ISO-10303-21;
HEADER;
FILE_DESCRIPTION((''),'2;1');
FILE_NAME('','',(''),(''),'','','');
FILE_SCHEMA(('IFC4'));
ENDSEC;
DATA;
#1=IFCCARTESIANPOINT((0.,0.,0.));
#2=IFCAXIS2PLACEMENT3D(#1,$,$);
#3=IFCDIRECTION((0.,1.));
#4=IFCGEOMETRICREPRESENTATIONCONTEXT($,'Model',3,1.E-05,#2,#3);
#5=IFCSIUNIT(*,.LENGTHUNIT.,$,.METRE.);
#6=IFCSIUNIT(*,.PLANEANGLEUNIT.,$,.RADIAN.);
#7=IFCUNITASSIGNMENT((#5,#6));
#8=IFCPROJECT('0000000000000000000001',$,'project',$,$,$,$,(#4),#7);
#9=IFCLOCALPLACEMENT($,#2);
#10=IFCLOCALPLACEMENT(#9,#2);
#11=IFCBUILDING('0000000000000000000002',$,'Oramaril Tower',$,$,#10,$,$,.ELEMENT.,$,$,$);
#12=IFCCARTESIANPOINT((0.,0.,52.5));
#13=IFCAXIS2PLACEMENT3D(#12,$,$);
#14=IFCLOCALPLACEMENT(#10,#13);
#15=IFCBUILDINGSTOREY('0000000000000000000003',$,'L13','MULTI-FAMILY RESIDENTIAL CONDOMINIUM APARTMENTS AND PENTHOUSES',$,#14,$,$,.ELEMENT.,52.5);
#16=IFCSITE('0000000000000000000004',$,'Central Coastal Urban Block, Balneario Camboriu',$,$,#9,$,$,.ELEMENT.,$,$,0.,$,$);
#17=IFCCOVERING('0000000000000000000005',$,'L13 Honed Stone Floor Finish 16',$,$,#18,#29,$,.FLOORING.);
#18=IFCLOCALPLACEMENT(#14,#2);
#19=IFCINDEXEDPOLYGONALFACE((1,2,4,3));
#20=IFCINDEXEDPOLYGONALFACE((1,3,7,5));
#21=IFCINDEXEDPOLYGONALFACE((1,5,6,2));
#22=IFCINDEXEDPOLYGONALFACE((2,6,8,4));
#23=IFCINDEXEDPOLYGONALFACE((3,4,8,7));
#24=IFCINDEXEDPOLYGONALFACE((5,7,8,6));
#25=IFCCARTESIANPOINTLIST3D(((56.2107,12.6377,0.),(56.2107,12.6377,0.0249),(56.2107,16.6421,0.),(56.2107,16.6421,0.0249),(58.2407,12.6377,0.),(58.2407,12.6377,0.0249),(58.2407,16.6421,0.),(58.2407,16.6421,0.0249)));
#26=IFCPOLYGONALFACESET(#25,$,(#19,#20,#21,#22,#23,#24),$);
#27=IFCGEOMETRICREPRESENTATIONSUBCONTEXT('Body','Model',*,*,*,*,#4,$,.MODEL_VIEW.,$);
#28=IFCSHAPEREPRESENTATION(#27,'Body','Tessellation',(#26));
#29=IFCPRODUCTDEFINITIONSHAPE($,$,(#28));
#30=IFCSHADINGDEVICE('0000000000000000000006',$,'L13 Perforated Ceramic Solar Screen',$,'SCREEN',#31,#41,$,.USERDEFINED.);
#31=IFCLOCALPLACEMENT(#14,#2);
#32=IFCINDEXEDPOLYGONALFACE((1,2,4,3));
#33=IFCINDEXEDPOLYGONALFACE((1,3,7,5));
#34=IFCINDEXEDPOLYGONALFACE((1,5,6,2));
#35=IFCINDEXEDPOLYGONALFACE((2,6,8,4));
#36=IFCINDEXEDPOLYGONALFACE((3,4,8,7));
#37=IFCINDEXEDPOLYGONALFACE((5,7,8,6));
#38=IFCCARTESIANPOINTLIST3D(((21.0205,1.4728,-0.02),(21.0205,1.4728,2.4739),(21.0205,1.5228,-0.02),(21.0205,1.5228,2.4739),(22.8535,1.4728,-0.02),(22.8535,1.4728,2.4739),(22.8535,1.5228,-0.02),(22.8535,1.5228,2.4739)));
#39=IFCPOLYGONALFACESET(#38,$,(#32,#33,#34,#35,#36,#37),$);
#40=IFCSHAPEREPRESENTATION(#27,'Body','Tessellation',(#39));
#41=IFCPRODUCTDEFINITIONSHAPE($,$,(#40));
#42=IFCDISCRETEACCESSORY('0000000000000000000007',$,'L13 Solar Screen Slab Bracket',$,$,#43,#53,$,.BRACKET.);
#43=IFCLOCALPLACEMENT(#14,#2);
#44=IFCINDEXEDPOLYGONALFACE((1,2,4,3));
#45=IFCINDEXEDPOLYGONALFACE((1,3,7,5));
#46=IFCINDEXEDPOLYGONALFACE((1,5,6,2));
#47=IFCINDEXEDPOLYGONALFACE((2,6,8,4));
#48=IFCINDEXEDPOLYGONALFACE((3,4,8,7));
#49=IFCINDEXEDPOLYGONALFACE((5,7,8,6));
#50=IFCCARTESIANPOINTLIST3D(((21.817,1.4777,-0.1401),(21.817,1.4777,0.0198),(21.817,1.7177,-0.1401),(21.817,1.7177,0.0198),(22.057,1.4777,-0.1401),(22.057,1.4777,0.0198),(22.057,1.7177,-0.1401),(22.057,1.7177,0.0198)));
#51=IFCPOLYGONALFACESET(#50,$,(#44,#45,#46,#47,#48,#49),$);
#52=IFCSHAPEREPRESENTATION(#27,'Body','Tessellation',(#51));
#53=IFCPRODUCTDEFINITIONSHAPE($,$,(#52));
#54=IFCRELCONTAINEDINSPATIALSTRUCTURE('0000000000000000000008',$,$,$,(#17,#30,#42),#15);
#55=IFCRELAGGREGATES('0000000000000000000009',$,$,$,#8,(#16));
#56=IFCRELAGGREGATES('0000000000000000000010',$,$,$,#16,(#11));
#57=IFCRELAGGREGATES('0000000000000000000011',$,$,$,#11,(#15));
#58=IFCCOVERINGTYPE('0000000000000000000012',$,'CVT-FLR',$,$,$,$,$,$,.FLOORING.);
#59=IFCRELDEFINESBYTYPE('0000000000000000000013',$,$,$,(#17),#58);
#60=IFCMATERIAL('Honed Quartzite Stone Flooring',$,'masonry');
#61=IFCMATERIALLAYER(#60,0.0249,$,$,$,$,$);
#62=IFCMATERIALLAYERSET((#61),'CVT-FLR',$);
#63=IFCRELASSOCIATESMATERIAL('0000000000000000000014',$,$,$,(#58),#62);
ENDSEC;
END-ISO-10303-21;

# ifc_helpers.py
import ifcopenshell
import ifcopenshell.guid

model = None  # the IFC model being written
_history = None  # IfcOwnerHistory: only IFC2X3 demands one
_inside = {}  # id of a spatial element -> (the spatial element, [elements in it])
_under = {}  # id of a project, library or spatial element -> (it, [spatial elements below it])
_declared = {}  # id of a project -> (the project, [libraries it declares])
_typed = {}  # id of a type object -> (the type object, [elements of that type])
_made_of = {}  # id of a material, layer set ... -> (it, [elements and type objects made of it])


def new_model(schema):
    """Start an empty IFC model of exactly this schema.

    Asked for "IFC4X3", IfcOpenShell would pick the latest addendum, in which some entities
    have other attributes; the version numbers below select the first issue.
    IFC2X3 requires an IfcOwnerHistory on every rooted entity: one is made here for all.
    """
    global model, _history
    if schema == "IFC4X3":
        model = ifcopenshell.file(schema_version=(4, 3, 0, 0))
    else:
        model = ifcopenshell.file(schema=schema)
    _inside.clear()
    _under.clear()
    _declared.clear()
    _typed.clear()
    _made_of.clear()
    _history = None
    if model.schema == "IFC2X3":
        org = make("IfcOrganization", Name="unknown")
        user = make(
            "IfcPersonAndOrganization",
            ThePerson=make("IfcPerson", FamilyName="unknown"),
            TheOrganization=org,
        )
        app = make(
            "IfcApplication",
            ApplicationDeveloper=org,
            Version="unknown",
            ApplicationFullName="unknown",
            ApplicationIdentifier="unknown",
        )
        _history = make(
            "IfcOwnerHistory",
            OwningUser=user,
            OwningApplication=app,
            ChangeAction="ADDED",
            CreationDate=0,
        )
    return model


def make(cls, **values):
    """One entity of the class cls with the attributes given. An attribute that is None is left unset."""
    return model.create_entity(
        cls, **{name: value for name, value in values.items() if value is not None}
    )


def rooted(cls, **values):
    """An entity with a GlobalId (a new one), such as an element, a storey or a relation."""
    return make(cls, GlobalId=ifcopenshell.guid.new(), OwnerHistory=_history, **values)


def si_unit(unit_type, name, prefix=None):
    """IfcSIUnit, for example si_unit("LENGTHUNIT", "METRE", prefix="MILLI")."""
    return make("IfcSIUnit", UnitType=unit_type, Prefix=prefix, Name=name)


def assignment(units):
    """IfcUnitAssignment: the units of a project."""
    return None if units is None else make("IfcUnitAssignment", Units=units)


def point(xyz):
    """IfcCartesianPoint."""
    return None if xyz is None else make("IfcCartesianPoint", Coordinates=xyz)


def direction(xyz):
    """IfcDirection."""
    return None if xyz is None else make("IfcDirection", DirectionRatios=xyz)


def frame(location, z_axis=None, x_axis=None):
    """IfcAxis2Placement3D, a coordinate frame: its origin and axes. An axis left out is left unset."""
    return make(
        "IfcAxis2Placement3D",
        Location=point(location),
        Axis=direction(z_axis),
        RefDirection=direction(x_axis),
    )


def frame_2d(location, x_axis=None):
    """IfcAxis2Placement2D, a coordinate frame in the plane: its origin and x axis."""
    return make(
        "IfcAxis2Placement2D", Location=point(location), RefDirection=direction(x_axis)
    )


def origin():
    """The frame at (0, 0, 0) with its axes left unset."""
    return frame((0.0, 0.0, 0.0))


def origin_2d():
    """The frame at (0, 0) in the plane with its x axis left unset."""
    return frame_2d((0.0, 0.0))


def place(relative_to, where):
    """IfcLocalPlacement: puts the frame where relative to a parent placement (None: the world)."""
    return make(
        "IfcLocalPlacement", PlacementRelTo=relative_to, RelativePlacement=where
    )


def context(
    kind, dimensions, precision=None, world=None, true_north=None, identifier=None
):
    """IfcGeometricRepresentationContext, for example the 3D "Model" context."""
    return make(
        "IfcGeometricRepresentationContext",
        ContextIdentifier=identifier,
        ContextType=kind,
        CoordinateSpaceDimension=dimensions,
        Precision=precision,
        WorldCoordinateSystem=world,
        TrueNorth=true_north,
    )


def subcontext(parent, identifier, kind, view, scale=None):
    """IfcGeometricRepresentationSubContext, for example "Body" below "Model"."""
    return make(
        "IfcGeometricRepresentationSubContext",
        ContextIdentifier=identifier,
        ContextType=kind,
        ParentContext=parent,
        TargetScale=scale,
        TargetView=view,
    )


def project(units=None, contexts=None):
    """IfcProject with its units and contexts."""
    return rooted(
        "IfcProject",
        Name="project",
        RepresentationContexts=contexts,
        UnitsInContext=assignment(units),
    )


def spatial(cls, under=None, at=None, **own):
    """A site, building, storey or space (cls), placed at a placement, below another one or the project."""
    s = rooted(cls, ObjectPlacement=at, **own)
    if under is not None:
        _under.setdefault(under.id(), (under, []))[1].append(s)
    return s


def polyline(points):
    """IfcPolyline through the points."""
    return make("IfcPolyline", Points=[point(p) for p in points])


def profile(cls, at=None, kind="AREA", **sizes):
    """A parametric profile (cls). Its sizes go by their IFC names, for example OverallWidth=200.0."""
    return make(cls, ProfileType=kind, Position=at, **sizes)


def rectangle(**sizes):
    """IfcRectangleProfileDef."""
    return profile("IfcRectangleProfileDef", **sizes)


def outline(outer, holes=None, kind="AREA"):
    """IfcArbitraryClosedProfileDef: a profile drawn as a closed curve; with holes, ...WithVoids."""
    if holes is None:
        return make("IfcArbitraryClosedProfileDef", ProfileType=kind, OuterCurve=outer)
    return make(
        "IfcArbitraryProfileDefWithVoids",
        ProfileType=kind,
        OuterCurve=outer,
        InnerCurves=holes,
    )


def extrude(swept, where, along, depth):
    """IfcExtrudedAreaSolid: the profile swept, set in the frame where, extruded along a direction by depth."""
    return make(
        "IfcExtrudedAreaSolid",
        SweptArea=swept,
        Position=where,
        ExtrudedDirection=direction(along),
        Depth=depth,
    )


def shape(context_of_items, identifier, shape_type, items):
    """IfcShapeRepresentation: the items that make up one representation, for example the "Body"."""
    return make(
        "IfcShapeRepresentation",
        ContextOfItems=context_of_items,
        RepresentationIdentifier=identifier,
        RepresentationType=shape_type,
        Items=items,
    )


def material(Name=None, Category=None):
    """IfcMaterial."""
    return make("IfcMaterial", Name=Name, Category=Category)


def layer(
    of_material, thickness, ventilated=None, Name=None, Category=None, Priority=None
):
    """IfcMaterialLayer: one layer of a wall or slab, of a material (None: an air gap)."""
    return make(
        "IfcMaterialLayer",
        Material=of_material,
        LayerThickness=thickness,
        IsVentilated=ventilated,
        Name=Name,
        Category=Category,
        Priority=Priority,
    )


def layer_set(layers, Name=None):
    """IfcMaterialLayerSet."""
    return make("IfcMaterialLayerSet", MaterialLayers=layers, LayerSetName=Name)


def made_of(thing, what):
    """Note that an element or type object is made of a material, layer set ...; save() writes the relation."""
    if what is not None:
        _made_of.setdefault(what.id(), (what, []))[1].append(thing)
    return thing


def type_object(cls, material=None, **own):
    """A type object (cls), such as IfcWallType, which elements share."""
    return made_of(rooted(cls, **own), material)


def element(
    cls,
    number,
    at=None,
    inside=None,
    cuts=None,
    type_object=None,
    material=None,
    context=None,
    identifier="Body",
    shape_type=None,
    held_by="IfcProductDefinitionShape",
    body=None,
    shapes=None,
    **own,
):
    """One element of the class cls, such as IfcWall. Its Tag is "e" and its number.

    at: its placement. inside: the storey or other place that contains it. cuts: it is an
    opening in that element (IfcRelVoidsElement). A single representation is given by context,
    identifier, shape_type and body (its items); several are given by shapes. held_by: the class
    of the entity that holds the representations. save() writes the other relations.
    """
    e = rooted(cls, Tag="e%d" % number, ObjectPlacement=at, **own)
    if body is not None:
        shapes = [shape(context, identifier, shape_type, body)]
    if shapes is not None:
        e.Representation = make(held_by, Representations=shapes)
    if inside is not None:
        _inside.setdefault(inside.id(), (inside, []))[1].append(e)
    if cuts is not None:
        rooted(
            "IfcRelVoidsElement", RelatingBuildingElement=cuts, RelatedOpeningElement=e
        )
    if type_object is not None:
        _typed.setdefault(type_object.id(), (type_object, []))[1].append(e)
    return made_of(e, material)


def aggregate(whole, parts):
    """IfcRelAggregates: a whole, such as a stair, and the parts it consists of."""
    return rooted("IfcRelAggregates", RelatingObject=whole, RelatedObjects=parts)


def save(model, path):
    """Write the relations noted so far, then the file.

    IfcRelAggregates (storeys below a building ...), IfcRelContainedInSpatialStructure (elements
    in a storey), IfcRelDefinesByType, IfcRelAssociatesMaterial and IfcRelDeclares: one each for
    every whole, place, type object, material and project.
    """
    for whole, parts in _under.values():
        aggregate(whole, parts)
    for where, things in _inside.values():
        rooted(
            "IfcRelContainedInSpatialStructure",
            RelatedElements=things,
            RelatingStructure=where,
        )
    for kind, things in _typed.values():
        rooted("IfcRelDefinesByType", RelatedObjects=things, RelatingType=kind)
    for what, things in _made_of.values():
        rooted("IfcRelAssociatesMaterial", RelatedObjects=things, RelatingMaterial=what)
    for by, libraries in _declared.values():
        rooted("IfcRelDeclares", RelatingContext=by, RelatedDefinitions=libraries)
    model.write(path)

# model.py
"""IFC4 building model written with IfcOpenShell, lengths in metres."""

from ifc_helpers import new_model, si_unit, direction, frame, origin, origin_2d, place, context, subcontext, project, spatial, polyline, rectangle, outline, extrude, material, layer, layer_set, type_object, element, save


model = new_model("IFC4")

# Units and contexts
model_context = context("Model", 3, precision=1e-05, world=origin(), true_north=direction((0.0, 1.0)))
body_context = subcontext(model_context, "Body", "Model", "MODEL_VIEW")
ifc_project = project(units=[si_unit("LENGTHUNIT", "METRE"), si_unit("PLANEANGLEUNIT", "RADIAN")], contexts=[model_context])

# Site, building, storey
site_placement = place(None, origin())
site = spatial("IfcSite", under=ifc_project, at=site_placement, Name="Central Coastal Urban Block, Balneario Camboriu", CompositionType="ELEMENT", RefElevation=0.0)
building_placement = place(site_placement, origin())
building = spatial("IfcBuilding", under=site, at=building_placement, Name="Oramaril Tower", CompositionType="ELEMENT")
storey_placement = place(building_placement, frame((0.0, 0.0, 52.5)))
storey = spatial("IfcBuildingStorey", under=building, at=storey_placement, Name="L13", Description="MULTI-FAMILY RESIDENTIAL CONDOMINIUM APARTMENTS AND PENTHOUSES", CompositionType="ELEMENT", Elevation=52.5)

# Covering
ifc_material_1 = material(Name="Honed Quartzite Stone Flooring", Category="masonry")
ifc_layer_1 = layer(ifc_material_1, 0.0249)
ifc_layer_set_1 = layer_set([ifc_layer_1], Name="CVT-FLR")
covering_type_1 = type_object("IfcCoveringType", Name="CVT-FLR", PredefinedType="FLOORING", material=ifc_layer_set_1)
covering_1_placement = place(storey_placement, origin())
element("IfcCovering", 1, at=covering_1_placement, inside=storey, type_object=covering_type_1, Name="L13 Honed Stone Floor Finish 16", PredefinedType="FLOORING", context=body_context, shape_type="SweptSolid", body=[
    extrude(outline(polyline([(58.2407, 16.6421), (58.2407, 12.6377), (56.2107, 12.6377), (56.2107, 16.6421), (58.2407, 16.6421)])), origin(), (0.0, 0.0, 1.0), 0.0249),
])

# Shading device
shading_device_placement = place(storey_placement, frame((21.937, 1.4978, -0.02), z_axis=(0.0, 0.0, 1.0), x_axis=(1.0, 0.0, 0.0)))
element("IfcShadingDevice", 2, at=shading_device_placement, inside=storey, Name="L13 Perforated Ceramic Solar Screen", ObjectType="SCREEN", PredefinedType="USERDEFINED", context=body_context, shape_type="SweptSolid", body=[
    extrude(rectangle(XDim=1.833, YDim=0.05, at=origin_2d()), origin(), (0.0, 0.0, 1.0), 2.4939),
])

# Discrete accessory
discrete_accessory_placement = place(storey_placement, frame((21.937, 1.5977, -0.1401), z_axis=(0.0, 0.0, 1.0), x_axis=(1.0, 0.0, 0.0)))
element("IfcDiscreteAccessory", 3, at=discrete_accessory_placement, inside=storey, Name="L13 Solar Screen Slab Bracket", PredefinedType="BRACKET", context=body_context, shape_type="SweptSolid", body=[
    extrude(rectangle(XDim=0.24, YDim=0.24, at=origin_2d()), origin(), (0.0, 0.0, 1.0), 0.1599),
])

save(model, "model.ifc")
